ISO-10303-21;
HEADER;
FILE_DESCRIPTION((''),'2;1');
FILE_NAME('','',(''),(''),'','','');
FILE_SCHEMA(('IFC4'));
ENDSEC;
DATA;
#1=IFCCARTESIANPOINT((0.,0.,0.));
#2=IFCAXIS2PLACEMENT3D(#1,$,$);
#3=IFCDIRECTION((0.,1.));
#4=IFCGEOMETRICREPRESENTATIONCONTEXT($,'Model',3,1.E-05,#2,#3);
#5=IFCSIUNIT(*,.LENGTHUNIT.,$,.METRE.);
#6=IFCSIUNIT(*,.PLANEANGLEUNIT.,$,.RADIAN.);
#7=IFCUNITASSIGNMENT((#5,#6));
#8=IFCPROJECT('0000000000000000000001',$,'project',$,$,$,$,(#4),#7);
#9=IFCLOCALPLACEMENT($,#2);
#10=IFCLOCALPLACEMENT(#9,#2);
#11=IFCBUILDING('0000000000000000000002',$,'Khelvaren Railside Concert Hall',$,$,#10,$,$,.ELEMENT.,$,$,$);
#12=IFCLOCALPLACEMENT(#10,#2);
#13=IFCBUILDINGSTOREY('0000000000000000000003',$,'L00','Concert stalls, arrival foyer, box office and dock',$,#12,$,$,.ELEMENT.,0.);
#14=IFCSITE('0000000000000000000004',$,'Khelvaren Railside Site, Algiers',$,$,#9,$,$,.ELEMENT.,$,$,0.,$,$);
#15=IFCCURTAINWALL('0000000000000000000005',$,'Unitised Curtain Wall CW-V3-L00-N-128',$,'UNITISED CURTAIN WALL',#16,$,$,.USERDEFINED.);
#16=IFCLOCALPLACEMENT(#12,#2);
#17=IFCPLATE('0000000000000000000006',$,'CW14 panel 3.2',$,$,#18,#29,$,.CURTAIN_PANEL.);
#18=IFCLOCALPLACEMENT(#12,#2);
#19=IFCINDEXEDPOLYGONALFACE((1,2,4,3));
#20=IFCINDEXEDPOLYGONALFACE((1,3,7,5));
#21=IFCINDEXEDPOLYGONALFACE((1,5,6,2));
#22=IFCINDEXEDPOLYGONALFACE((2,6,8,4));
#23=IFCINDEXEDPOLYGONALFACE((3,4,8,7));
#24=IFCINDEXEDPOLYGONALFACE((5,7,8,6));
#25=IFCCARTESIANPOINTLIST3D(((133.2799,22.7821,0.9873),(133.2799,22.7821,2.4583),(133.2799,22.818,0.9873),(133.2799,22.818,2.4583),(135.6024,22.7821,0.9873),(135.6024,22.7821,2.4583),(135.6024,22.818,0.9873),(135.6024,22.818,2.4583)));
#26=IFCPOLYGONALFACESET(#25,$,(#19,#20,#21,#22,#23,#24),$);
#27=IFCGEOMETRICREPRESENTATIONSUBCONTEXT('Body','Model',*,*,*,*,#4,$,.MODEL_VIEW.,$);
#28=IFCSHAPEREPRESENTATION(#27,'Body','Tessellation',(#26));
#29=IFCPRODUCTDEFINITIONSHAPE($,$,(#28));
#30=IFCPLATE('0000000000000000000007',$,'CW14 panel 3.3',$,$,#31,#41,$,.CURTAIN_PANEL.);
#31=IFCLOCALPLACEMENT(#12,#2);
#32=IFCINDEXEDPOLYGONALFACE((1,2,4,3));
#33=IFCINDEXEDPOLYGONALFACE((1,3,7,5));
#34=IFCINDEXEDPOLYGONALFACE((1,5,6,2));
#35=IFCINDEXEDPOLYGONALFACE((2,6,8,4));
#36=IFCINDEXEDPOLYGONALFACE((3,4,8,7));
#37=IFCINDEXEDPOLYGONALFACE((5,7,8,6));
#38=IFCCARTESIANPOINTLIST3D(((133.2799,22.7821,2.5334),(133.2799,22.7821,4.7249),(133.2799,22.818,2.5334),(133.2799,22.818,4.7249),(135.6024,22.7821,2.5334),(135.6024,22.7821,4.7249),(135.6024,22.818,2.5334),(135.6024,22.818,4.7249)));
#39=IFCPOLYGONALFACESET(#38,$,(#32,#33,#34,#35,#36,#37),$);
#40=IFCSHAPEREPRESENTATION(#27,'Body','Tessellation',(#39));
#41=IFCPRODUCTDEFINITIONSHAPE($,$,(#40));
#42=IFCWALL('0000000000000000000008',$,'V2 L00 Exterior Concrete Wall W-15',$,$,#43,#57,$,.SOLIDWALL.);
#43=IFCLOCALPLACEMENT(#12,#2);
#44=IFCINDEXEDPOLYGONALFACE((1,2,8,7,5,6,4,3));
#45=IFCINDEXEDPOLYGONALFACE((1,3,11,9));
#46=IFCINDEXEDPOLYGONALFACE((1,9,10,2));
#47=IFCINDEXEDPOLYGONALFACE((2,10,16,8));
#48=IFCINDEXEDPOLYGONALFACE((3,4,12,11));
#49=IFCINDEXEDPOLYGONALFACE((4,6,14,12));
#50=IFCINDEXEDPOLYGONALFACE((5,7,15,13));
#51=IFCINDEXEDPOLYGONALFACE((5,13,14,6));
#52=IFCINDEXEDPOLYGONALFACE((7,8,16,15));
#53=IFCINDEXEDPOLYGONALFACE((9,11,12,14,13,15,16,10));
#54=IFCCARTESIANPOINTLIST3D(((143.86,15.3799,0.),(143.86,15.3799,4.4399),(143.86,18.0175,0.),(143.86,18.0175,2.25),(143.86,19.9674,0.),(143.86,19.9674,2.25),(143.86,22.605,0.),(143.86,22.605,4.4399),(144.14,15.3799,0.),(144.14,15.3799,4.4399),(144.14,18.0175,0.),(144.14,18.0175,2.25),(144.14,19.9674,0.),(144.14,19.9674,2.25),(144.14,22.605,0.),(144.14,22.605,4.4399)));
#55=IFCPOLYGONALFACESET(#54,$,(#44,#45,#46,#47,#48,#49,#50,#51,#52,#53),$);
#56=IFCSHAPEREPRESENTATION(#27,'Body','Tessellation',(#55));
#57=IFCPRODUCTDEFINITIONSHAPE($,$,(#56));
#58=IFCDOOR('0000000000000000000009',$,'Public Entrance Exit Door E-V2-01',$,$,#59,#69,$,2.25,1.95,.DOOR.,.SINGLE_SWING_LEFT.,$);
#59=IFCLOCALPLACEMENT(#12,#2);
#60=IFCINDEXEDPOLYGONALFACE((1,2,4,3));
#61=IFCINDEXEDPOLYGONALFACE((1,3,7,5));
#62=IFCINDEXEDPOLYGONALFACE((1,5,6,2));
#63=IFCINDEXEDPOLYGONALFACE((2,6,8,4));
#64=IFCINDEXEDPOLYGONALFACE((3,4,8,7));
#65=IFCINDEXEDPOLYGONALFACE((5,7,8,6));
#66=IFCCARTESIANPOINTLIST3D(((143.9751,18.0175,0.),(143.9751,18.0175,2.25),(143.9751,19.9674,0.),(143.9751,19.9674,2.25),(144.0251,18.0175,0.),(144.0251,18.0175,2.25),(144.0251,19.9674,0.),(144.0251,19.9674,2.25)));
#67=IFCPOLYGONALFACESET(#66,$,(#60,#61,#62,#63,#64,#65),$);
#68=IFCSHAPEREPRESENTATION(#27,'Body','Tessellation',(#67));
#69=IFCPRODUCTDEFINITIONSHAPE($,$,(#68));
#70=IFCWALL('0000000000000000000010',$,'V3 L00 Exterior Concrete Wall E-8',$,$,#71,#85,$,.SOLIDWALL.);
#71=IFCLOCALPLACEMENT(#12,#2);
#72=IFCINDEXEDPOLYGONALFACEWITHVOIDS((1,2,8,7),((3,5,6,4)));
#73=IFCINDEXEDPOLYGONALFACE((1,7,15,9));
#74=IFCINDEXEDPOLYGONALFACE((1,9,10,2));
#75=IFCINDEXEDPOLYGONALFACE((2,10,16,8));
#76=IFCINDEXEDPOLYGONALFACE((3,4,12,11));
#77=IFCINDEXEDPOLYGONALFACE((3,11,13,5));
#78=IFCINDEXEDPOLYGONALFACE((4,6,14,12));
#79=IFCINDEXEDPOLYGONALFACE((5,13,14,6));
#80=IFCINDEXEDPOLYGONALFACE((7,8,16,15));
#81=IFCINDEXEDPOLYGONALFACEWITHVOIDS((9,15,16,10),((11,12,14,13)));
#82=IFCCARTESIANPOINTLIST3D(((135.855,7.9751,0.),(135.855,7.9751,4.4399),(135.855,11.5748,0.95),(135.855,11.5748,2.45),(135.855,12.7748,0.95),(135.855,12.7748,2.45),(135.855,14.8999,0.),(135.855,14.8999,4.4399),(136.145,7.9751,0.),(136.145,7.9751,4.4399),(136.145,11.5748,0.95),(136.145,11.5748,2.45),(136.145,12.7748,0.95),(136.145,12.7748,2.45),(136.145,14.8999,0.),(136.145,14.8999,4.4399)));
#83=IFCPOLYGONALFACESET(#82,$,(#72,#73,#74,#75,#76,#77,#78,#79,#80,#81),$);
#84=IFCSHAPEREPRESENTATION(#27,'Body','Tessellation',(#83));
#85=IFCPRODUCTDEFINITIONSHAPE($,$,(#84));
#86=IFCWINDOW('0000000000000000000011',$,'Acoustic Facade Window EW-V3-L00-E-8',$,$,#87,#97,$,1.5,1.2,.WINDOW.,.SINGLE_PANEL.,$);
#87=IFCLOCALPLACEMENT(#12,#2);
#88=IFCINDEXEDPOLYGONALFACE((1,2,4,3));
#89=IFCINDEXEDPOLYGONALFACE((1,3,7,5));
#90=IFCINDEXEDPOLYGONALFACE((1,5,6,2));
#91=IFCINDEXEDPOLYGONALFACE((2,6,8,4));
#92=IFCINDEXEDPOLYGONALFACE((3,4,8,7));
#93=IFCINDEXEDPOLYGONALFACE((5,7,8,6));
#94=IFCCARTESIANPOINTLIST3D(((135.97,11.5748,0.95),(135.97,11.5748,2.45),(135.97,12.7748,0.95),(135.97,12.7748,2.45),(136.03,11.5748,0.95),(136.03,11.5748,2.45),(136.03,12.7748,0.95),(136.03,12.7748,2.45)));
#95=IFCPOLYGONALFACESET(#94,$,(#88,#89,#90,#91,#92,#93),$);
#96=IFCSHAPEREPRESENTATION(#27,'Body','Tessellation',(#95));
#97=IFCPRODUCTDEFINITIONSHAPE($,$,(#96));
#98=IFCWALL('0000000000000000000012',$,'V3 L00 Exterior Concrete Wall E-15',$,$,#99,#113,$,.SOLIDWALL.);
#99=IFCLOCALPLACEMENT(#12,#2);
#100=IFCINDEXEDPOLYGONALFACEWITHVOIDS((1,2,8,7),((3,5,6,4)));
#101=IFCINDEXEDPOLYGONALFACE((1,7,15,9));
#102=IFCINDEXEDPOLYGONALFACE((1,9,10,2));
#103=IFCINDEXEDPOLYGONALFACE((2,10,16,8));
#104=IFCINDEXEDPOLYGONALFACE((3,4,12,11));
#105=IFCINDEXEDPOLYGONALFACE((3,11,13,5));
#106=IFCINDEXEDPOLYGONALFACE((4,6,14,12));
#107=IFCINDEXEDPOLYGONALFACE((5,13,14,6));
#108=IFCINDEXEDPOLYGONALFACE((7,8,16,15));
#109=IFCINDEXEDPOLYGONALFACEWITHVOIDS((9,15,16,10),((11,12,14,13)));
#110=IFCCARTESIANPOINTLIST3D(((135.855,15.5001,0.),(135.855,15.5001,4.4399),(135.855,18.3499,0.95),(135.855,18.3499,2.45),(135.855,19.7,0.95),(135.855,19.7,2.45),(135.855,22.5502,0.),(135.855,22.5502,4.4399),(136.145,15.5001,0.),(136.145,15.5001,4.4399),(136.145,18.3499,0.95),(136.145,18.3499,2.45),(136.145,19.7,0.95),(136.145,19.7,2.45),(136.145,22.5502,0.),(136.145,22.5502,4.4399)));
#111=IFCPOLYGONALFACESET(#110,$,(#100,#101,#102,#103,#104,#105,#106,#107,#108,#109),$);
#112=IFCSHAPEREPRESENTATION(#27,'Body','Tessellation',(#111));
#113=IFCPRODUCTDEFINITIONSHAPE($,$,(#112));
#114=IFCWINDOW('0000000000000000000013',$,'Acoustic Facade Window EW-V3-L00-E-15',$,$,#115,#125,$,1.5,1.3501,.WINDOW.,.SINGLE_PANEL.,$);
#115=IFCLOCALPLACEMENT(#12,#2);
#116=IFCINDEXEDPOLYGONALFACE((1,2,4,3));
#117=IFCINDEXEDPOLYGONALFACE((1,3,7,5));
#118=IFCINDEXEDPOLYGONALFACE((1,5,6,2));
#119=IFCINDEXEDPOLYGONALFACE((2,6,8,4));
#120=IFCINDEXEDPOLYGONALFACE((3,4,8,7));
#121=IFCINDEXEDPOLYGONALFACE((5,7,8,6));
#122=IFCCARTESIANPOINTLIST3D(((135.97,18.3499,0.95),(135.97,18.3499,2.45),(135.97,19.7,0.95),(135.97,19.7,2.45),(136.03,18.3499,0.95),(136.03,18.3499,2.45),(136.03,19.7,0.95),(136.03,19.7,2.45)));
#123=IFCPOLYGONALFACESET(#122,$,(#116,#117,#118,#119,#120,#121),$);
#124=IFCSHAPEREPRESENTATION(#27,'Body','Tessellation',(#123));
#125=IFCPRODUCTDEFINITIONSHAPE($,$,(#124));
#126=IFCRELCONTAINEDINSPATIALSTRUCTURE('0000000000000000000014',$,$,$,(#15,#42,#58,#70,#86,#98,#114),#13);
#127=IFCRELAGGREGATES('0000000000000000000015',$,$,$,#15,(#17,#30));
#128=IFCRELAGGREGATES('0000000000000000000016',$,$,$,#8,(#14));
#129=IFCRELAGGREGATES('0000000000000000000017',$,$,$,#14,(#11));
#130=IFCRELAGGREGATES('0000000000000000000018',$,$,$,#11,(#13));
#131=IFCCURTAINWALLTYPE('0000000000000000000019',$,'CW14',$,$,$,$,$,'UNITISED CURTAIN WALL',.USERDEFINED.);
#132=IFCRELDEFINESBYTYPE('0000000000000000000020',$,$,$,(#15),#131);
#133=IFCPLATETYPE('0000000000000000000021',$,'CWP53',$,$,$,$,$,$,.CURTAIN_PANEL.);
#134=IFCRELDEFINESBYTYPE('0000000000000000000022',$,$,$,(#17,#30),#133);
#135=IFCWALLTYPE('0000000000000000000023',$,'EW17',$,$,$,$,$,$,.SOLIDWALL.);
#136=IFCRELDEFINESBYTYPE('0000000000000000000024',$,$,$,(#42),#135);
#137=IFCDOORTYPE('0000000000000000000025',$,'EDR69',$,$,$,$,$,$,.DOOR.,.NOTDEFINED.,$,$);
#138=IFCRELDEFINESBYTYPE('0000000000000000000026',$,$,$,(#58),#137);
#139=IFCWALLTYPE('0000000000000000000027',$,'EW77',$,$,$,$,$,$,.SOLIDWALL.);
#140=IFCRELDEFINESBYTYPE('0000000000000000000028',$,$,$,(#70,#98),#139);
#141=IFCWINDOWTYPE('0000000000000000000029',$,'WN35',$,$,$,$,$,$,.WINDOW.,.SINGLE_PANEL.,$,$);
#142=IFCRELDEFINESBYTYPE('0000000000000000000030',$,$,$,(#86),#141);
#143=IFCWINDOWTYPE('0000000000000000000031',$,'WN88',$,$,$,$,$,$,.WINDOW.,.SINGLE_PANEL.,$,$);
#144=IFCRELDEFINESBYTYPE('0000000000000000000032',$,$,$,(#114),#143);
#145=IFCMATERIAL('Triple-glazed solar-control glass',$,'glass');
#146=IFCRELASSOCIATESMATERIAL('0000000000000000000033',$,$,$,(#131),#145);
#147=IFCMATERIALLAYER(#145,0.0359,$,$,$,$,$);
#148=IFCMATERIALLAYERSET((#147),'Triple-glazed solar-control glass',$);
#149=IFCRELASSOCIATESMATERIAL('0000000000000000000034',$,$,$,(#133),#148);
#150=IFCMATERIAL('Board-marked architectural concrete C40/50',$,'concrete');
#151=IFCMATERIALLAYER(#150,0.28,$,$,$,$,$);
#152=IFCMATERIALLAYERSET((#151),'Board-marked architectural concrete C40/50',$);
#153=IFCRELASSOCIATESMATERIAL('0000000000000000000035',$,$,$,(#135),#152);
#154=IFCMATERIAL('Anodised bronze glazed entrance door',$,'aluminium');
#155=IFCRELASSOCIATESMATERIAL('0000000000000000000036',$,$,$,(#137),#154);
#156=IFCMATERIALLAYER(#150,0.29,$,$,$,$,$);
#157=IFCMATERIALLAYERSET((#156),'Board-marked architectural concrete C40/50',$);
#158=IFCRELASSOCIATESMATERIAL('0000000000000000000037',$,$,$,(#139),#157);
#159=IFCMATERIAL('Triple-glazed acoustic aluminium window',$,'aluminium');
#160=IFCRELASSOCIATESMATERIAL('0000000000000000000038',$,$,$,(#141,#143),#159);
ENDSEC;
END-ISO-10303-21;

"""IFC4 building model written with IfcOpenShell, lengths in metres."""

from ifc_helpers import new_model, si_unit, direction, frame, frame_2d, origin, origin_2d, place, context, subcontext, project, spatial, rectangle, extrude, material, layer, layer_set, type_object, element, fill, aggregate, save


model = new_model("IFC4")

# Units and contexts
model_context = context("Model", 3, precision=1e-05, world=origin(), true_north=direction((0.0, 1.0)))
body_context = subcontext(model_context, "Body", "Model", "MODEL_VIEW")
ifc_project = project(units=[si_unit("LENGTHUNIT", "METRE"), si_unit("PLANEANGLEUNIT", "RADIAN")], contexts=[model_context])

# Site, building, storey
site_placement = place(None, origin())
site = spatial("IfcSite", under=ifc_project, at=site_placement, Name="Khelvaren Railside Site, Algiers", CompositionType="ELEMENT", RefElevation=0.0)
building_placement = place(site_placement, origin())
building = spatial("IfcBuilding", under=site, at=building_placement, Name="Khelvaren Railside Concert Hall", CompositionType="ELEMENT")
storey_placement = place(building_placement, origin())
storey = spatial("IfcBuildingStorey", under=building, at=storey_placement, Name="L00", Description="Concert stalls, arrival foyer, box office and dock", CompositionType="ELEMENT", Elevation=0.0)

# Curtain wall
ifc_material_1 = material(Name="Triple-glazed solar-control glass", Category="glass")
curtain_wall_type_1 = type_object("IfcCurtainWallType", Name="CW14", ElementType="UNITISED CURTAIN WALL", PredefinedType="USERDEFINED", material=ifc_material_1)
curtain_wall_1_placement = place(storey_placement, origin())
curtain_wall_1 = element("IfcCurtainWall", 1, at=curtain_wall_1_placement, inside=storey, type_object=curtain_wall_type_1, Name="Unitised Curtain Wall CW-V3-L00-N-128", ObjectType="UNITISED CURTAIN WALL", PredefinedType="USERDEFINED")

# Plates
ifc_layer_1 = layer(ifc_material_1, 0.0359)
ifc_layer_set_1 = layer_set([ifc_layer_1], Name="Triple-glazed solar-control glass")
plate_type = type_object("IfcPlateType", Name="CWP53", PredefinedType="CURTAIN_PANEL", material=ifc_layer_set_1)
plate_1_placement = place(storey_placement, frame((134.4412, 22.8, 0.9873), z_axis=(0.0, 0.0, 1.0), x_axis=(1.0, 0.0, 0.0)))
plate_1 = element("IfcPlate", 2, at=plate_1_placement, type_object=plate_type, Name="CW14 panel 3.2", PredefinedType="CURTAIN_PANEL", context=body_context, shape_type="SweptSolid", body=[
    extrude(rectangle(XDim=2.3225, YDim=0.0359, at=origin_2d()), origin(), (0.0, 0.0, 1.0), 1.4709),
])
plate_2_placement = place(storey_placement, frame((134.4412, 22.8, 2.5334), z_axis=(0.0, 0.0, 1.0), x_axis=(1.0, 0.0, 0.0)))
plate_2 = element("IfcPlate", 3, at=plate_2_placement, type_object=plate_type, Name="CW14 panel 3.3", PredefinedType="CURTAIN_PANEL", context=body_context, shape_type="SweptSolid", body=[
    extrude(rectangle(XDim=2.3225, YDim=0.0359, at=origin_2d()), origin(), (0.0, 0.0, 1.0), 2.1914),
])
aggregate(curtain_wall_1, [plate_1, plate_2])

# Wall, opening, door
ifc_material_2 = material(Name="Board-marked architectural concrete C40/50", Category="concrete")
ifc_layer_2 = layer(ifc_material_2, 0.28)
ifc_layer_set_2 = layer_set([ifc_layer_2], Name="Board-marked architectural concrete C40/50")
wall_type_1 = type_object("IfcWallType", Name="EW17", PredefinedType="SOLIDWALL", material=ifc_layer_set_2)
wall_1_placement = place(storey_placement, frame((144.0, 15.3799, 0.0), z_axis=(0.0, 0.0, 1.0), x_axis=(0.0, 1.0, 0.0)))
wall_1 = element("IfcWall", 4, at=wall_1_placement, inside=storey, type_object=wall_type_1, Name="V2 L00 Exterior Concrete Wall W-15", PredefinedType="SOLIDWALL", context=body_context, shape_type="SweptSolid", body=[
    extrude(rectangle(XDim=7.2251, YDim=0.28, at=frame_2d((3.6125, 0.0))), origin(), (0.0, 0.0, 1.0), 4.4399),
])
opening_1_placement = place(wall_1_placement, frame((2.6375, 0.0, 0.0)))
opening_1 = element("IfcOpeningElement", 5, at=opening_1_placement, cuts=wall_1, PredefinedType="OPENING", context=body_context, shape_type="SweptSolid", body=[
    extrude(rectangle(XDim=1.95, YDim=2.25, at=frame_2d((0.9751, 1.125))), frame((0.0, 0.1499, 0.0), z_axis=(0.0, -1.0, 0.0), x_axis=(1.0, 0.0, 0.0)), (0.0, 0.0, 1.0), 0.3),
])
ifc_material_3 = material(Name="Anodised bronze glazed entrance door", Category="aluminium")
door_type = type_object("IfcDoorType", Name="EDR69", OperationType="NOTDEFINED", PredefinedType="DOOR", material=ifc_material_3)
door_placement = place(opening_1_placement, origin())
door = element("IfcDoor", 6, at=door_placement, inside=storey, type_object=door_type, Name="Public Entrance Exit Door E-V2-01", OperationType="SINGLE_SWING_LEFT", OverallHeight=2.25, OverallWidth=1.95, PredefinedType="DOOR", context=body_context, shape_type="SweptSolid", body=[
    extrude(rectangle(XDim=1.95, YDim=2.25, at=frame_2d((0.9751, 1.125))), frame((0.0, 0.0249, 0.0), z_axis=(0.0, -1.0, 0.0), x_axis=(1.0, 0.0, 0.0)), (0.0, 0.0, 1.0), 0.05),
])
fill(opening_1, door)

# Walls, openings, windows
ifc_layer_3 = layer(ifc_material_2, 0.29)
ifc_layer_set_3 = layer_set([ifc_layer_3], Name="Board-marked architectural concrete C40/50")
wall_type_2 = type_object("IfcWallType", Name="EW77", PredefinedType="SOLIDWALL", material=ifc_layer_set_3)
wall_2_placement = place(storey_placement, frame((136.0, 14.8999, 0.0), z_axis=(0.0, 0.0, 1.0), x_axis=(0.0, -1.0, 0.0)))
wall_2 = element("IfcWall", 7, at=wall_2_placement, inside=storey, type_object=wall_type_2, Name="V3 L00 Exterior Concrete Wall E-8", PredefinedType="SOLIDWALL", context=body_context, shape_type="SweptSolid", body=[
    extrude(rectangle(XDim=6.9248, YDim=0.29, at=frame_2d((3.4624, 0.0))), origin(), (0.0, 0.0, 1.0), 4.4399),
])
opening_2_placement = place(wall_2_placement, frame((2.125, 0.0, 0.95)))
opening_2 = element("IfcOpeningElement", 8, at=opening_2_placement, cuts=wall_2, PredefinedType="OPENING", context=body_context, shape_type="SweptSolid", body=[
    extrude(rectangle(XDim=1.2, YDim=1.5, at=frame_2d((0.6001, 0.75))), frame((0.0, 0.155, 0.0), z_axis=(0.0, -1.0, 0.0), x_axis=(1.0, 0.0, 0.0)), (0.0, 0.0, 1.0), 0.3101),
])
ifc_material_4 = material(Name="Triple-glazed acoustic aluminium window", Category="aluminium")
window_type_1 = type_object("IfcWindowType", Name="WN35", PartitioningType="SINGLE_PANEL", PredefinedType="WINDOW", material=ifc_material_4)
window_1_placement = place(opening_2_placement, origin())
window_1 = element("IfcWindow", 9, at=window_1_placement, inside=storey, type_object=window_type_1, Name="Acoustic Facade Window EW-V3-L00-E-8", OverallHeight=1.5, OverallWidth=1.2, PartitioningType="SINGLE_PANEL", PredefinedType="WINDOW", context=body_context, shape_type="SweptSolid", body=[
    extrude(rectangle(XDim=1.2, YDim=1.5, at=frame_2d((0.6001, 0.75))), frame((0.0, 0.03, 0.0), z_axis=(0.0, -1.0, 0.0), x_axis=(1.0, 0.0, 0.0)), (0.0, 0.0, 1.0), 0.0601),
])
fill(opening_2, window_1)
wall_3_placement = place(storey_placement, frame((136.0, 22.55, 0.0), z_axis=(0.0, 0.0, 1.0), x_axis=(0.0, -1.0, 0.0)))
wall_3 = element("IfcWall", 10, at=wall_3_placement, inside=storey, type_object=wall_type_2, Name="V3 L00 Exterior Concrete Wall E-15", PredefinedType="SOLIDWALL", context=body_context, shape_type="SweptSolid", body=[
    extrude(rectangle(XDim=7.05, YDim=0.29, at=frame_2d((3.5249, 0.0))), origin(), (0.0, 0.0, 1.0), 4.4399),
])
opening_3_placement = place(wall_3_placement, frame((2.8501, 0.0, 0.95)))
opening_3 = element("IfcOpeningElement", 11, at=opening_3_placement, cuts=wall_3, PredefinedType="OPENING", context=body_context, shape_type="SweptSolid", body=[
    extrude(rectangle(XDim=1.3501, YDim=1.5, at=frame_2d((0.675, 0.75))), frame((0.0, 0.155, 0.0), z_axis=(0.0, -1.0, 0.0), x_axis=(1.0, 0.0, 0.0)), (0.0, 0.0, 1.0), 0.3101),
])
window_type_2 = type_object("IfcWindowType", Name="WN88", PartitioningType="SINGLE_PANEL", PredefinedType="WINDOW", material=ifc_material_4)
window_2_placement = place(opening_3_placement, origin())
window_2 = element("IfcWindow", 12, at=window_2_placement, inside=storey, type_object=window_type_2, Name="Acoustic Facade Window EW-V3-L00-E-15", OverallHeight=1.5, OverallWidth=1.3501, PartitioningType="SINGLE_PANEL", PredefinedType="WINDOW", context=body_context, shape_type="SweptSolid", body=[
    extrude(rectangle(XDim=1.3501, YDim=1.5, at=frame_2d((0.675, 0.75))), frame((0.0, 0.03, 0.0), z_axis=(0.0, -1.0, 0.0), x_axis=(1.0, 0.0, 0.0)), (0.0, 0.0, 1.0), 0.0601),
])
fill(opening_3, window_2)

save(model, "model.ifc")
